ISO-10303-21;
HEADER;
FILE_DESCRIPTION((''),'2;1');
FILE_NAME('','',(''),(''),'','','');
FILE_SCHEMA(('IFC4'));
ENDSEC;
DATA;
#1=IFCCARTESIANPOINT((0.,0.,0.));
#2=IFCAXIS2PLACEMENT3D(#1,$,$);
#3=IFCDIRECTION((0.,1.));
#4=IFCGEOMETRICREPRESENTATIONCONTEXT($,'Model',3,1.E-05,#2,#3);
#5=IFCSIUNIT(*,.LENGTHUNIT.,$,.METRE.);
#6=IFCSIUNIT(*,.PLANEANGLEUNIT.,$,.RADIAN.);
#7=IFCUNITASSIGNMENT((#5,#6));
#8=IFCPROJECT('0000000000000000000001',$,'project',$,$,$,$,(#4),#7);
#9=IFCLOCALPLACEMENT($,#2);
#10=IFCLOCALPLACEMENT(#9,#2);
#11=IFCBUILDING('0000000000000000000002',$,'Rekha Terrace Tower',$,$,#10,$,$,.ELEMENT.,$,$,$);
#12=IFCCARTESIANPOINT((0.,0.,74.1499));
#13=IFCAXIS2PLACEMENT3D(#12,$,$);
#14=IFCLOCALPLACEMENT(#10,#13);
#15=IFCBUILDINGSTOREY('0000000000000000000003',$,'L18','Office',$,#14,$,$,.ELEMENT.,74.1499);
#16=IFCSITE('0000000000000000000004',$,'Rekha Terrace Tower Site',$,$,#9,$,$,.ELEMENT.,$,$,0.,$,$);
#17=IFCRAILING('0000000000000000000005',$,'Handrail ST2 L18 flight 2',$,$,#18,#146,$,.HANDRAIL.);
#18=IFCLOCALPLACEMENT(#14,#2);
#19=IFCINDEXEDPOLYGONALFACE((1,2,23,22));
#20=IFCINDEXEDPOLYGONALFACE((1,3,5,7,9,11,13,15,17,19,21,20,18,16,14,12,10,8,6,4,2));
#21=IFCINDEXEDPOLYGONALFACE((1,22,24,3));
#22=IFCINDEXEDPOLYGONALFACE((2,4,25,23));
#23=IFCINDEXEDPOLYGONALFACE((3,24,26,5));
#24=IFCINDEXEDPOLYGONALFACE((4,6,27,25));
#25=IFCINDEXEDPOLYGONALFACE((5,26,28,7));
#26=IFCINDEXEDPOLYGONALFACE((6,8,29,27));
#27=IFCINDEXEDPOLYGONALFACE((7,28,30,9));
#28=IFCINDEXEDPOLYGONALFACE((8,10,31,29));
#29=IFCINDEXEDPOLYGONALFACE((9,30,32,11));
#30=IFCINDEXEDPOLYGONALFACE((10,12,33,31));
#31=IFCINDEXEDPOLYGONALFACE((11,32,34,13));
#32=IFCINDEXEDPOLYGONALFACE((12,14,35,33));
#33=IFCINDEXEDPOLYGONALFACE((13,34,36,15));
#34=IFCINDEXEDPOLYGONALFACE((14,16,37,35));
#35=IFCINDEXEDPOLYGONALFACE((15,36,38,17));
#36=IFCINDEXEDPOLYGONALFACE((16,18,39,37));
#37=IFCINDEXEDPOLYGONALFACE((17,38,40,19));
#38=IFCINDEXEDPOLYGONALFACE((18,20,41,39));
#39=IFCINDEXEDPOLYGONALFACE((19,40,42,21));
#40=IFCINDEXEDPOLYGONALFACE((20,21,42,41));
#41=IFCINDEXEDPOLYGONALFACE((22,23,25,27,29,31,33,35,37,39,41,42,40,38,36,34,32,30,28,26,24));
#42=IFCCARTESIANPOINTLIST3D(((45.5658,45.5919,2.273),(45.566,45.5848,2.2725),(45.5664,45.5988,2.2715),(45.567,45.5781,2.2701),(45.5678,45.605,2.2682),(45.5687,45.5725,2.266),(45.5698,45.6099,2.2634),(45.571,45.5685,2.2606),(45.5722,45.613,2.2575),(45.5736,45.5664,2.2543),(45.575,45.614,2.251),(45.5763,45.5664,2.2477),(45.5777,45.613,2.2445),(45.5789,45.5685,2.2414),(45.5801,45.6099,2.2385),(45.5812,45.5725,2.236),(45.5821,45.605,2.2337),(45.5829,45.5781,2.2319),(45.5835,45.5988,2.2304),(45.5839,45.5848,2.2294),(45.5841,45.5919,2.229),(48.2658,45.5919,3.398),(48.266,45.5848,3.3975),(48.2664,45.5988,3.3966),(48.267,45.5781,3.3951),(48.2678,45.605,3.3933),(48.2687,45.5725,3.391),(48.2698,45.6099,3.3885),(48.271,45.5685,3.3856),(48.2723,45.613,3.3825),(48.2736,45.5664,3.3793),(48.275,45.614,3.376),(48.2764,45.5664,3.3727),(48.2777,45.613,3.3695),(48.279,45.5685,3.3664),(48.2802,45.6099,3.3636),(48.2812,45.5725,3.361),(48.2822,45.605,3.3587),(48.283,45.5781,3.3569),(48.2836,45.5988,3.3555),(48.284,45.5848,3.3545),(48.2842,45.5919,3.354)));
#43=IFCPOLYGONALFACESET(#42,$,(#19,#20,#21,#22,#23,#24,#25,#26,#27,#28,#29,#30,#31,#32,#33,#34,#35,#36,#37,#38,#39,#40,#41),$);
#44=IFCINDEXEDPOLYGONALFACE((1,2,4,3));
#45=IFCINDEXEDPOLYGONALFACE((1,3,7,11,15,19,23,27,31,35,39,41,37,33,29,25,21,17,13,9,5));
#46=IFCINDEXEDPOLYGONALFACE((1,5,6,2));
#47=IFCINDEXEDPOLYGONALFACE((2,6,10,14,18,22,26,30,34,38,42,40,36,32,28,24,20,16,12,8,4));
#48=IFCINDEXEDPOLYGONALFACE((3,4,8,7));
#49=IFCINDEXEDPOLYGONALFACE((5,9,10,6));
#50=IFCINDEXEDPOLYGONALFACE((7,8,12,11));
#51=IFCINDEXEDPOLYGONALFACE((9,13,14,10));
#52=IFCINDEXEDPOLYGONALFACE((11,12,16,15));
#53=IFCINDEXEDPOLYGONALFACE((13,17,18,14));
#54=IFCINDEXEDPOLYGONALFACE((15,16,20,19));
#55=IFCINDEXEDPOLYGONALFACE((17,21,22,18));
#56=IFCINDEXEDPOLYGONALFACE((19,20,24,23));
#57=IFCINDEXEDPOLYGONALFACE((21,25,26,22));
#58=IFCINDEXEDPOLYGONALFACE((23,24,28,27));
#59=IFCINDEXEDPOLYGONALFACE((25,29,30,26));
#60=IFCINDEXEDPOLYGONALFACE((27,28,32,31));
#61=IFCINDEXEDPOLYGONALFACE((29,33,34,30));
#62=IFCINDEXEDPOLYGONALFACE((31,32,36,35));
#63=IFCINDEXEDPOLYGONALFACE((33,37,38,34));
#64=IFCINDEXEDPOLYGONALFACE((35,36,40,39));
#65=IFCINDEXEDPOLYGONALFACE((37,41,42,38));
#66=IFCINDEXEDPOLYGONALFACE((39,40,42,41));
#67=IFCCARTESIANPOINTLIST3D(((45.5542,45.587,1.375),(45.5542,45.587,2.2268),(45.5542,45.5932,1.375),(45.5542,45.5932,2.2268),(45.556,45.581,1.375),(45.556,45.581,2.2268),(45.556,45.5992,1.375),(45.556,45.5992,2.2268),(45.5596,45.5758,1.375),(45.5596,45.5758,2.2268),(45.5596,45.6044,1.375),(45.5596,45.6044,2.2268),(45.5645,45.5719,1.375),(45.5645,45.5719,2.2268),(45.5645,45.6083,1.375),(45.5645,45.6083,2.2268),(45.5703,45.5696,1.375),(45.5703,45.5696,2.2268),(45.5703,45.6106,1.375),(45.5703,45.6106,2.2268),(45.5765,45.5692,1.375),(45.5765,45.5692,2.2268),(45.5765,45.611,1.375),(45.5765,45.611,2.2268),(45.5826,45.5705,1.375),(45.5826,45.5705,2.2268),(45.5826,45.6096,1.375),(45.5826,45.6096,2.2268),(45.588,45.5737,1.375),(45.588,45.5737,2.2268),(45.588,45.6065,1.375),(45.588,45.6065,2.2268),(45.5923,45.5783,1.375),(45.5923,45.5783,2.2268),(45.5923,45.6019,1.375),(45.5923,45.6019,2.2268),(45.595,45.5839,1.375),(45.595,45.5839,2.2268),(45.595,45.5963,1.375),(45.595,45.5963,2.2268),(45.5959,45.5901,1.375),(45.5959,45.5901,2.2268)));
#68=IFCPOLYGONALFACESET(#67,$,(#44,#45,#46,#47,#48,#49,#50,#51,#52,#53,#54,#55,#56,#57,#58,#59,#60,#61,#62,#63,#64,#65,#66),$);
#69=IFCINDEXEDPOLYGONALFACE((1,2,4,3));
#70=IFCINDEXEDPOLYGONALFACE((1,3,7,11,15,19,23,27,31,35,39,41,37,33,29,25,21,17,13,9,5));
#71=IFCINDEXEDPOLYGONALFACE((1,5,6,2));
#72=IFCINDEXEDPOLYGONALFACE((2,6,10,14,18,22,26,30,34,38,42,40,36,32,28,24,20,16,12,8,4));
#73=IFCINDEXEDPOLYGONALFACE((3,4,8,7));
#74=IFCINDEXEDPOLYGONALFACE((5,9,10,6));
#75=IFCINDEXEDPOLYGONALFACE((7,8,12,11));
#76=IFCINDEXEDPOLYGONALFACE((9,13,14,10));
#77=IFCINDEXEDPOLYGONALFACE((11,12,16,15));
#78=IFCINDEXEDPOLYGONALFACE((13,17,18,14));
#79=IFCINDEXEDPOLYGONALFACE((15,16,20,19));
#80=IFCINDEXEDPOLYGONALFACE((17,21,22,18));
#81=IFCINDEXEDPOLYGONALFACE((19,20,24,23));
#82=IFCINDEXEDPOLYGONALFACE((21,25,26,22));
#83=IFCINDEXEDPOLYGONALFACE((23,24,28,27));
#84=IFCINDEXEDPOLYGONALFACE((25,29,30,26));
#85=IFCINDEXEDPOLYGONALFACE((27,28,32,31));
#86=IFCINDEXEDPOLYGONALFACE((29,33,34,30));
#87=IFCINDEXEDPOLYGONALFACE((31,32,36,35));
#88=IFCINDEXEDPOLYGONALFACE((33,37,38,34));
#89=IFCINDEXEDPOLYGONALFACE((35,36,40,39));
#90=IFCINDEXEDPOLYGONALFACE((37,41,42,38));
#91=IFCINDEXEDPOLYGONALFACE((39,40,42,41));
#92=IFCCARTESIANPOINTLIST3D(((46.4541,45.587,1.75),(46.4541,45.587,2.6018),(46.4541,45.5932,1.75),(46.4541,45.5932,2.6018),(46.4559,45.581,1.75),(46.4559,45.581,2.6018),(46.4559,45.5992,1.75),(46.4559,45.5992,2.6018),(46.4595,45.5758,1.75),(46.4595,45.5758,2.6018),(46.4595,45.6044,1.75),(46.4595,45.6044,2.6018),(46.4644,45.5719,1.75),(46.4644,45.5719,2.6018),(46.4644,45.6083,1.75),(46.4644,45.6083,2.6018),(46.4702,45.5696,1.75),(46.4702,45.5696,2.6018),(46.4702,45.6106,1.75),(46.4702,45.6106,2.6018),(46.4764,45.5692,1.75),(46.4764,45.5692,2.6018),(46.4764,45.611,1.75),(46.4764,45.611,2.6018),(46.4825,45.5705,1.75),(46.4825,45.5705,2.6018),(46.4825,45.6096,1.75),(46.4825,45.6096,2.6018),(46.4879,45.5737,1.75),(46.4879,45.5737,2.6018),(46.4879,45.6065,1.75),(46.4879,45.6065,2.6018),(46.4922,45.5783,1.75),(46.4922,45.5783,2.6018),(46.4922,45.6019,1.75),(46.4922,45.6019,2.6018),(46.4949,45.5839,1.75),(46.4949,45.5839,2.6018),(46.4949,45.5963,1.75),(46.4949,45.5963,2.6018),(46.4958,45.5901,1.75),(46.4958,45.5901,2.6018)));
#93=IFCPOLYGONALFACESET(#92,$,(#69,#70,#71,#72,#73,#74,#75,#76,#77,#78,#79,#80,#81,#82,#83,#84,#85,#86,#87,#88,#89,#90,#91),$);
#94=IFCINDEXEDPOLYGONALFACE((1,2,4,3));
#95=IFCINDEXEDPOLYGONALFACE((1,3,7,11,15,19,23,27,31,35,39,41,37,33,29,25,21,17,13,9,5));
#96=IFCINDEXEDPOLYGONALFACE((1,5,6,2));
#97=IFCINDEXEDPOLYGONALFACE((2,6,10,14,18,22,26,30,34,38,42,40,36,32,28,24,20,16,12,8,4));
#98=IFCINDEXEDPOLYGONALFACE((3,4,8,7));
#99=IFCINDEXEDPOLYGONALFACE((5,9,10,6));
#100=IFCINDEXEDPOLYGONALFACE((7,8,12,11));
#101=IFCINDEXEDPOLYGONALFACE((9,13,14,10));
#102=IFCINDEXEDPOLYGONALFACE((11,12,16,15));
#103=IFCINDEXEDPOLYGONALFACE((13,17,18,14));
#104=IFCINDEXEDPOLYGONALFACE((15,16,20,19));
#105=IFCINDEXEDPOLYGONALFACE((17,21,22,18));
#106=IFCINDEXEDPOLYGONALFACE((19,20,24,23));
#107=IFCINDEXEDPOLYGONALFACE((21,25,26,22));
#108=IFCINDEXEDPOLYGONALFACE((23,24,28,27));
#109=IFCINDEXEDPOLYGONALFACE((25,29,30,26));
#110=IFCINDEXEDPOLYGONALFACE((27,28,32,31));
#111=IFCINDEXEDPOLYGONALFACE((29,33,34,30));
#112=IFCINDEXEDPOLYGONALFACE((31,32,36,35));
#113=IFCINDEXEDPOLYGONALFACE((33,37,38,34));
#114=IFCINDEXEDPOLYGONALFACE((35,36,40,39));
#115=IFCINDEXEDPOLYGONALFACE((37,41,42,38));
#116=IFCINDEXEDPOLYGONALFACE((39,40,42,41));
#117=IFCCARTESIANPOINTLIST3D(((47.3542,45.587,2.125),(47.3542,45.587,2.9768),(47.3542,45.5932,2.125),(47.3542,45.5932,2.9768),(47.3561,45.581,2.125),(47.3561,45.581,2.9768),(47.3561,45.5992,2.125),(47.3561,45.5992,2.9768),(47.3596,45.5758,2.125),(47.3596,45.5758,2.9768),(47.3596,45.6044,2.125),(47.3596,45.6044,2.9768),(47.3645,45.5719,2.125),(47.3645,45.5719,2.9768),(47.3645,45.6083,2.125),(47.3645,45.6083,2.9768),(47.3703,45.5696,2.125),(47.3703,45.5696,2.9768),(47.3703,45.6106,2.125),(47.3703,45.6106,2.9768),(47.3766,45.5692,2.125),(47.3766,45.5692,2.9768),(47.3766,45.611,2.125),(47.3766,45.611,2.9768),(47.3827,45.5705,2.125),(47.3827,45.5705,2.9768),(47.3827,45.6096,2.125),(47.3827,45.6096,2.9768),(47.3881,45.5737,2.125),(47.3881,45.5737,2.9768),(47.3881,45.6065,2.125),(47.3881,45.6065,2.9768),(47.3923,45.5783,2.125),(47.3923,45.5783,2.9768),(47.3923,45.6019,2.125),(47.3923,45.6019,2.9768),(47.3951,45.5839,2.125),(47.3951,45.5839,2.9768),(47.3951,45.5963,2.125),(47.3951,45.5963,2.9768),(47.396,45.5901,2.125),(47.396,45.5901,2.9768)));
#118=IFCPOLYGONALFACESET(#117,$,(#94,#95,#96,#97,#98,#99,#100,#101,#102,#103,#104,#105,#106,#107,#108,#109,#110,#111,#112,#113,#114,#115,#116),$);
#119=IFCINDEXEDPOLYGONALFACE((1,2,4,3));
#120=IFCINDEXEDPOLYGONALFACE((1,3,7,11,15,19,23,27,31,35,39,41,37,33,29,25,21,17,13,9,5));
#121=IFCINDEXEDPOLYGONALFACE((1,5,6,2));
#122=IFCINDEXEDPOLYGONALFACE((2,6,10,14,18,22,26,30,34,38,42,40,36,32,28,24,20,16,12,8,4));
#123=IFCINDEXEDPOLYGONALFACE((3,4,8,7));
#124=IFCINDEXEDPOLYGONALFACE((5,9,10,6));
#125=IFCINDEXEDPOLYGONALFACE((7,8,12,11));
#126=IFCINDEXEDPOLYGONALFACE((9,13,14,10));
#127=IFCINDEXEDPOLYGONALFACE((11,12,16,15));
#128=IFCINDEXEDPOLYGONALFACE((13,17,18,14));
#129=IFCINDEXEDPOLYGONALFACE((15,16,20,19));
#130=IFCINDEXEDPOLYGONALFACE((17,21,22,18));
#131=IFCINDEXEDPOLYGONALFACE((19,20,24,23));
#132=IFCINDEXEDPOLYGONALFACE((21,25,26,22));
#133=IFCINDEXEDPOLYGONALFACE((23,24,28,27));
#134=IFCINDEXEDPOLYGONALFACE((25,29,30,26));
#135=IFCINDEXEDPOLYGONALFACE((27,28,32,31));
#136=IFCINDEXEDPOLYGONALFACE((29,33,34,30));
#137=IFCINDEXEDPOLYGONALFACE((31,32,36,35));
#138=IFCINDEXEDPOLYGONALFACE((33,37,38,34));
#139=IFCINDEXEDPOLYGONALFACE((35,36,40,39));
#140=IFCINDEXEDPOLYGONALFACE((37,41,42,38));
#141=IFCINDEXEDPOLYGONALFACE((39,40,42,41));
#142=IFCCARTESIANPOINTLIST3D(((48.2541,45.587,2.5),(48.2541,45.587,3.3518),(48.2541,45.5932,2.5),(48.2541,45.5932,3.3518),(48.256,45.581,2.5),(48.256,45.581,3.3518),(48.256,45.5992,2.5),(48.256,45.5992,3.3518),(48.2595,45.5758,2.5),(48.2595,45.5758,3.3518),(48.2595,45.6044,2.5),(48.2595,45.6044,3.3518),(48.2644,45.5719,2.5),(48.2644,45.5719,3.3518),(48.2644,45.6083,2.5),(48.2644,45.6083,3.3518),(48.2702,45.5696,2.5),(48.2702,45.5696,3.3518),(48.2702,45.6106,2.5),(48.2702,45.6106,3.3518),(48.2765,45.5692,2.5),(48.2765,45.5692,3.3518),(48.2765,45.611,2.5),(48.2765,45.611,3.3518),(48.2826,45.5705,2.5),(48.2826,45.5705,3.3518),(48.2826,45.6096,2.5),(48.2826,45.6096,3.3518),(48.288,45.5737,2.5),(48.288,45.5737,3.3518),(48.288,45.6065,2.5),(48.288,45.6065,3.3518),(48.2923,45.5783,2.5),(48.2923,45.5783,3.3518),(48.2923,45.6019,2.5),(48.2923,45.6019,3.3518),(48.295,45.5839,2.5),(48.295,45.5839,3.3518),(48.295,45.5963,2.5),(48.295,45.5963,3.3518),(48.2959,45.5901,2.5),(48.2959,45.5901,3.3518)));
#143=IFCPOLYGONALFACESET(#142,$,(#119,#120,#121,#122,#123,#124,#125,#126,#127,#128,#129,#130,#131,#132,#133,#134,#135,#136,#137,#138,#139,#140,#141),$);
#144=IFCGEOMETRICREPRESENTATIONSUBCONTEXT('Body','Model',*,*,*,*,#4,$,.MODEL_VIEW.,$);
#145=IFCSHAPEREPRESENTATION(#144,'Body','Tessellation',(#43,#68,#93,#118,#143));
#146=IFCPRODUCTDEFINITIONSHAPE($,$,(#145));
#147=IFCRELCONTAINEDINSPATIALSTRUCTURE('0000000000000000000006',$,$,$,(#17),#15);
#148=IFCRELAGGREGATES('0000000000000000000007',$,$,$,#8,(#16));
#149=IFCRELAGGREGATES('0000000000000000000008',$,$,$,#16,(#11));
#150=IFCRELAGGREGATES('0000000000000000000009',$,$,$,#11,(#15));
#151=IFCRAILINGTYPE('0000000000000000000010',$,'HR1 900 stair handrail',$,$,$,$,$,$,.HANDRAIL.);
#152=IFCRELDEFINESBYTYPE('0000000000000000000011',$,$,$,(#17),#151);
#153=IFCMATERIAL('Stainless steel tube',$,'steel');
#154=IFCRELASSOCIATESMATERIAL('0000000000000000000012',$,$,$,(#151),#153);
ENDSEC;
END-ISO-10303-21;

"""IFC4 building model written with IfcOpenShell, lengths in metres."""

from ifc_helpers import new_model, si_unit, direction, frame, origin, origin_2d, place, context, subcontext, project, spatial, circle, extrude, material, type_object, element, save


model = new_model("IFC4")

# Units and contexts
model_context = context("Model", 3, precision=1e-05, world=origin(), true_north=direction((0.0, 1.0)))
body_context = subcontext(model_context, "Body", "Model", "MODEL_VIEW")
ifc_project = project(units=[si_unit("LENGTHUNIT", "METRE"), si_unit("PLANEANGLEUNIT", "RADIAN")], contexts=[model_context])

# Site, building, storey
site_placement = place(None, origin())
site = spatial("IfcSite", under=ifc_project, at=site_placement, Name="Rekha Terrace Tower Site", CompositionType="ELEMENT", RefElevation=0.0)
building_placement = place(site_placement, origin())
building = spatial("IfcBuilding", under=site, at=building_placement, Name="Rekha Terrace Tower", CompositionType="ELEMENT")
storey_placement = place(building_placement, frame((0.0, 0.0, 74.1499)))
storey = spatial("IfcBuildingStorey", under=building, at=storey_placement, Name="L18", Description="Office", CompositionType="ELEMENT", Elevation=74.1499)

# Railing
ifc_material_1 = material(Name="Stainless steel tube", Category="steel")
railing_type_1 = type_object("IfcRailingType", Name="HR1 900 stair handrail", PredefinedType="HANDRAIL", material=ifc_material_1)
railing_1_placement = place(storey_placement, frame((45.575, 45.5901, 1.375)))
element("IfcRailing", 1, at=railing_1_placement, inside=storey, type_object=railing_type_1, Name="Handrail ST2 L18 flight 2", PredefinedType="HANDRAIL", context=body_context, shape_type="SweptSolid", body=[
    extrude(circle(Radius=0.0239, at=origin_2d()), frame((0.0, 0.0, 0.876), z_axis=(0.923074, 0.0, 0.384621), x_axis=(0.0, 1.0, 0.0)), (0.0, 0.0, 1.0), 2.925),
    extrude(circle(Radius=0.021, at=origin_2d()), origin(), (0.0, 0.0, 1.0), 0.8518),
    extrude(circle(Radius=0.021, at=origin_2d()), frame((0.8999, 0.0, 0.375)), (0.0, 0.0, 1.0), 0.8518),
    extrude(circle(Radius=0.021, at=origin_2d()), frame((1.8, 0.0, 0.75)), (0.0, 0.0, 1.0), 0.8518),
    extrude(circle(Radius=0.021, at=origin_2d()), frame((2.7, 0.0, 1.125)), (0.0, 0.0, 1.0), 0.8518),
])

save(model, "model.ifc")
